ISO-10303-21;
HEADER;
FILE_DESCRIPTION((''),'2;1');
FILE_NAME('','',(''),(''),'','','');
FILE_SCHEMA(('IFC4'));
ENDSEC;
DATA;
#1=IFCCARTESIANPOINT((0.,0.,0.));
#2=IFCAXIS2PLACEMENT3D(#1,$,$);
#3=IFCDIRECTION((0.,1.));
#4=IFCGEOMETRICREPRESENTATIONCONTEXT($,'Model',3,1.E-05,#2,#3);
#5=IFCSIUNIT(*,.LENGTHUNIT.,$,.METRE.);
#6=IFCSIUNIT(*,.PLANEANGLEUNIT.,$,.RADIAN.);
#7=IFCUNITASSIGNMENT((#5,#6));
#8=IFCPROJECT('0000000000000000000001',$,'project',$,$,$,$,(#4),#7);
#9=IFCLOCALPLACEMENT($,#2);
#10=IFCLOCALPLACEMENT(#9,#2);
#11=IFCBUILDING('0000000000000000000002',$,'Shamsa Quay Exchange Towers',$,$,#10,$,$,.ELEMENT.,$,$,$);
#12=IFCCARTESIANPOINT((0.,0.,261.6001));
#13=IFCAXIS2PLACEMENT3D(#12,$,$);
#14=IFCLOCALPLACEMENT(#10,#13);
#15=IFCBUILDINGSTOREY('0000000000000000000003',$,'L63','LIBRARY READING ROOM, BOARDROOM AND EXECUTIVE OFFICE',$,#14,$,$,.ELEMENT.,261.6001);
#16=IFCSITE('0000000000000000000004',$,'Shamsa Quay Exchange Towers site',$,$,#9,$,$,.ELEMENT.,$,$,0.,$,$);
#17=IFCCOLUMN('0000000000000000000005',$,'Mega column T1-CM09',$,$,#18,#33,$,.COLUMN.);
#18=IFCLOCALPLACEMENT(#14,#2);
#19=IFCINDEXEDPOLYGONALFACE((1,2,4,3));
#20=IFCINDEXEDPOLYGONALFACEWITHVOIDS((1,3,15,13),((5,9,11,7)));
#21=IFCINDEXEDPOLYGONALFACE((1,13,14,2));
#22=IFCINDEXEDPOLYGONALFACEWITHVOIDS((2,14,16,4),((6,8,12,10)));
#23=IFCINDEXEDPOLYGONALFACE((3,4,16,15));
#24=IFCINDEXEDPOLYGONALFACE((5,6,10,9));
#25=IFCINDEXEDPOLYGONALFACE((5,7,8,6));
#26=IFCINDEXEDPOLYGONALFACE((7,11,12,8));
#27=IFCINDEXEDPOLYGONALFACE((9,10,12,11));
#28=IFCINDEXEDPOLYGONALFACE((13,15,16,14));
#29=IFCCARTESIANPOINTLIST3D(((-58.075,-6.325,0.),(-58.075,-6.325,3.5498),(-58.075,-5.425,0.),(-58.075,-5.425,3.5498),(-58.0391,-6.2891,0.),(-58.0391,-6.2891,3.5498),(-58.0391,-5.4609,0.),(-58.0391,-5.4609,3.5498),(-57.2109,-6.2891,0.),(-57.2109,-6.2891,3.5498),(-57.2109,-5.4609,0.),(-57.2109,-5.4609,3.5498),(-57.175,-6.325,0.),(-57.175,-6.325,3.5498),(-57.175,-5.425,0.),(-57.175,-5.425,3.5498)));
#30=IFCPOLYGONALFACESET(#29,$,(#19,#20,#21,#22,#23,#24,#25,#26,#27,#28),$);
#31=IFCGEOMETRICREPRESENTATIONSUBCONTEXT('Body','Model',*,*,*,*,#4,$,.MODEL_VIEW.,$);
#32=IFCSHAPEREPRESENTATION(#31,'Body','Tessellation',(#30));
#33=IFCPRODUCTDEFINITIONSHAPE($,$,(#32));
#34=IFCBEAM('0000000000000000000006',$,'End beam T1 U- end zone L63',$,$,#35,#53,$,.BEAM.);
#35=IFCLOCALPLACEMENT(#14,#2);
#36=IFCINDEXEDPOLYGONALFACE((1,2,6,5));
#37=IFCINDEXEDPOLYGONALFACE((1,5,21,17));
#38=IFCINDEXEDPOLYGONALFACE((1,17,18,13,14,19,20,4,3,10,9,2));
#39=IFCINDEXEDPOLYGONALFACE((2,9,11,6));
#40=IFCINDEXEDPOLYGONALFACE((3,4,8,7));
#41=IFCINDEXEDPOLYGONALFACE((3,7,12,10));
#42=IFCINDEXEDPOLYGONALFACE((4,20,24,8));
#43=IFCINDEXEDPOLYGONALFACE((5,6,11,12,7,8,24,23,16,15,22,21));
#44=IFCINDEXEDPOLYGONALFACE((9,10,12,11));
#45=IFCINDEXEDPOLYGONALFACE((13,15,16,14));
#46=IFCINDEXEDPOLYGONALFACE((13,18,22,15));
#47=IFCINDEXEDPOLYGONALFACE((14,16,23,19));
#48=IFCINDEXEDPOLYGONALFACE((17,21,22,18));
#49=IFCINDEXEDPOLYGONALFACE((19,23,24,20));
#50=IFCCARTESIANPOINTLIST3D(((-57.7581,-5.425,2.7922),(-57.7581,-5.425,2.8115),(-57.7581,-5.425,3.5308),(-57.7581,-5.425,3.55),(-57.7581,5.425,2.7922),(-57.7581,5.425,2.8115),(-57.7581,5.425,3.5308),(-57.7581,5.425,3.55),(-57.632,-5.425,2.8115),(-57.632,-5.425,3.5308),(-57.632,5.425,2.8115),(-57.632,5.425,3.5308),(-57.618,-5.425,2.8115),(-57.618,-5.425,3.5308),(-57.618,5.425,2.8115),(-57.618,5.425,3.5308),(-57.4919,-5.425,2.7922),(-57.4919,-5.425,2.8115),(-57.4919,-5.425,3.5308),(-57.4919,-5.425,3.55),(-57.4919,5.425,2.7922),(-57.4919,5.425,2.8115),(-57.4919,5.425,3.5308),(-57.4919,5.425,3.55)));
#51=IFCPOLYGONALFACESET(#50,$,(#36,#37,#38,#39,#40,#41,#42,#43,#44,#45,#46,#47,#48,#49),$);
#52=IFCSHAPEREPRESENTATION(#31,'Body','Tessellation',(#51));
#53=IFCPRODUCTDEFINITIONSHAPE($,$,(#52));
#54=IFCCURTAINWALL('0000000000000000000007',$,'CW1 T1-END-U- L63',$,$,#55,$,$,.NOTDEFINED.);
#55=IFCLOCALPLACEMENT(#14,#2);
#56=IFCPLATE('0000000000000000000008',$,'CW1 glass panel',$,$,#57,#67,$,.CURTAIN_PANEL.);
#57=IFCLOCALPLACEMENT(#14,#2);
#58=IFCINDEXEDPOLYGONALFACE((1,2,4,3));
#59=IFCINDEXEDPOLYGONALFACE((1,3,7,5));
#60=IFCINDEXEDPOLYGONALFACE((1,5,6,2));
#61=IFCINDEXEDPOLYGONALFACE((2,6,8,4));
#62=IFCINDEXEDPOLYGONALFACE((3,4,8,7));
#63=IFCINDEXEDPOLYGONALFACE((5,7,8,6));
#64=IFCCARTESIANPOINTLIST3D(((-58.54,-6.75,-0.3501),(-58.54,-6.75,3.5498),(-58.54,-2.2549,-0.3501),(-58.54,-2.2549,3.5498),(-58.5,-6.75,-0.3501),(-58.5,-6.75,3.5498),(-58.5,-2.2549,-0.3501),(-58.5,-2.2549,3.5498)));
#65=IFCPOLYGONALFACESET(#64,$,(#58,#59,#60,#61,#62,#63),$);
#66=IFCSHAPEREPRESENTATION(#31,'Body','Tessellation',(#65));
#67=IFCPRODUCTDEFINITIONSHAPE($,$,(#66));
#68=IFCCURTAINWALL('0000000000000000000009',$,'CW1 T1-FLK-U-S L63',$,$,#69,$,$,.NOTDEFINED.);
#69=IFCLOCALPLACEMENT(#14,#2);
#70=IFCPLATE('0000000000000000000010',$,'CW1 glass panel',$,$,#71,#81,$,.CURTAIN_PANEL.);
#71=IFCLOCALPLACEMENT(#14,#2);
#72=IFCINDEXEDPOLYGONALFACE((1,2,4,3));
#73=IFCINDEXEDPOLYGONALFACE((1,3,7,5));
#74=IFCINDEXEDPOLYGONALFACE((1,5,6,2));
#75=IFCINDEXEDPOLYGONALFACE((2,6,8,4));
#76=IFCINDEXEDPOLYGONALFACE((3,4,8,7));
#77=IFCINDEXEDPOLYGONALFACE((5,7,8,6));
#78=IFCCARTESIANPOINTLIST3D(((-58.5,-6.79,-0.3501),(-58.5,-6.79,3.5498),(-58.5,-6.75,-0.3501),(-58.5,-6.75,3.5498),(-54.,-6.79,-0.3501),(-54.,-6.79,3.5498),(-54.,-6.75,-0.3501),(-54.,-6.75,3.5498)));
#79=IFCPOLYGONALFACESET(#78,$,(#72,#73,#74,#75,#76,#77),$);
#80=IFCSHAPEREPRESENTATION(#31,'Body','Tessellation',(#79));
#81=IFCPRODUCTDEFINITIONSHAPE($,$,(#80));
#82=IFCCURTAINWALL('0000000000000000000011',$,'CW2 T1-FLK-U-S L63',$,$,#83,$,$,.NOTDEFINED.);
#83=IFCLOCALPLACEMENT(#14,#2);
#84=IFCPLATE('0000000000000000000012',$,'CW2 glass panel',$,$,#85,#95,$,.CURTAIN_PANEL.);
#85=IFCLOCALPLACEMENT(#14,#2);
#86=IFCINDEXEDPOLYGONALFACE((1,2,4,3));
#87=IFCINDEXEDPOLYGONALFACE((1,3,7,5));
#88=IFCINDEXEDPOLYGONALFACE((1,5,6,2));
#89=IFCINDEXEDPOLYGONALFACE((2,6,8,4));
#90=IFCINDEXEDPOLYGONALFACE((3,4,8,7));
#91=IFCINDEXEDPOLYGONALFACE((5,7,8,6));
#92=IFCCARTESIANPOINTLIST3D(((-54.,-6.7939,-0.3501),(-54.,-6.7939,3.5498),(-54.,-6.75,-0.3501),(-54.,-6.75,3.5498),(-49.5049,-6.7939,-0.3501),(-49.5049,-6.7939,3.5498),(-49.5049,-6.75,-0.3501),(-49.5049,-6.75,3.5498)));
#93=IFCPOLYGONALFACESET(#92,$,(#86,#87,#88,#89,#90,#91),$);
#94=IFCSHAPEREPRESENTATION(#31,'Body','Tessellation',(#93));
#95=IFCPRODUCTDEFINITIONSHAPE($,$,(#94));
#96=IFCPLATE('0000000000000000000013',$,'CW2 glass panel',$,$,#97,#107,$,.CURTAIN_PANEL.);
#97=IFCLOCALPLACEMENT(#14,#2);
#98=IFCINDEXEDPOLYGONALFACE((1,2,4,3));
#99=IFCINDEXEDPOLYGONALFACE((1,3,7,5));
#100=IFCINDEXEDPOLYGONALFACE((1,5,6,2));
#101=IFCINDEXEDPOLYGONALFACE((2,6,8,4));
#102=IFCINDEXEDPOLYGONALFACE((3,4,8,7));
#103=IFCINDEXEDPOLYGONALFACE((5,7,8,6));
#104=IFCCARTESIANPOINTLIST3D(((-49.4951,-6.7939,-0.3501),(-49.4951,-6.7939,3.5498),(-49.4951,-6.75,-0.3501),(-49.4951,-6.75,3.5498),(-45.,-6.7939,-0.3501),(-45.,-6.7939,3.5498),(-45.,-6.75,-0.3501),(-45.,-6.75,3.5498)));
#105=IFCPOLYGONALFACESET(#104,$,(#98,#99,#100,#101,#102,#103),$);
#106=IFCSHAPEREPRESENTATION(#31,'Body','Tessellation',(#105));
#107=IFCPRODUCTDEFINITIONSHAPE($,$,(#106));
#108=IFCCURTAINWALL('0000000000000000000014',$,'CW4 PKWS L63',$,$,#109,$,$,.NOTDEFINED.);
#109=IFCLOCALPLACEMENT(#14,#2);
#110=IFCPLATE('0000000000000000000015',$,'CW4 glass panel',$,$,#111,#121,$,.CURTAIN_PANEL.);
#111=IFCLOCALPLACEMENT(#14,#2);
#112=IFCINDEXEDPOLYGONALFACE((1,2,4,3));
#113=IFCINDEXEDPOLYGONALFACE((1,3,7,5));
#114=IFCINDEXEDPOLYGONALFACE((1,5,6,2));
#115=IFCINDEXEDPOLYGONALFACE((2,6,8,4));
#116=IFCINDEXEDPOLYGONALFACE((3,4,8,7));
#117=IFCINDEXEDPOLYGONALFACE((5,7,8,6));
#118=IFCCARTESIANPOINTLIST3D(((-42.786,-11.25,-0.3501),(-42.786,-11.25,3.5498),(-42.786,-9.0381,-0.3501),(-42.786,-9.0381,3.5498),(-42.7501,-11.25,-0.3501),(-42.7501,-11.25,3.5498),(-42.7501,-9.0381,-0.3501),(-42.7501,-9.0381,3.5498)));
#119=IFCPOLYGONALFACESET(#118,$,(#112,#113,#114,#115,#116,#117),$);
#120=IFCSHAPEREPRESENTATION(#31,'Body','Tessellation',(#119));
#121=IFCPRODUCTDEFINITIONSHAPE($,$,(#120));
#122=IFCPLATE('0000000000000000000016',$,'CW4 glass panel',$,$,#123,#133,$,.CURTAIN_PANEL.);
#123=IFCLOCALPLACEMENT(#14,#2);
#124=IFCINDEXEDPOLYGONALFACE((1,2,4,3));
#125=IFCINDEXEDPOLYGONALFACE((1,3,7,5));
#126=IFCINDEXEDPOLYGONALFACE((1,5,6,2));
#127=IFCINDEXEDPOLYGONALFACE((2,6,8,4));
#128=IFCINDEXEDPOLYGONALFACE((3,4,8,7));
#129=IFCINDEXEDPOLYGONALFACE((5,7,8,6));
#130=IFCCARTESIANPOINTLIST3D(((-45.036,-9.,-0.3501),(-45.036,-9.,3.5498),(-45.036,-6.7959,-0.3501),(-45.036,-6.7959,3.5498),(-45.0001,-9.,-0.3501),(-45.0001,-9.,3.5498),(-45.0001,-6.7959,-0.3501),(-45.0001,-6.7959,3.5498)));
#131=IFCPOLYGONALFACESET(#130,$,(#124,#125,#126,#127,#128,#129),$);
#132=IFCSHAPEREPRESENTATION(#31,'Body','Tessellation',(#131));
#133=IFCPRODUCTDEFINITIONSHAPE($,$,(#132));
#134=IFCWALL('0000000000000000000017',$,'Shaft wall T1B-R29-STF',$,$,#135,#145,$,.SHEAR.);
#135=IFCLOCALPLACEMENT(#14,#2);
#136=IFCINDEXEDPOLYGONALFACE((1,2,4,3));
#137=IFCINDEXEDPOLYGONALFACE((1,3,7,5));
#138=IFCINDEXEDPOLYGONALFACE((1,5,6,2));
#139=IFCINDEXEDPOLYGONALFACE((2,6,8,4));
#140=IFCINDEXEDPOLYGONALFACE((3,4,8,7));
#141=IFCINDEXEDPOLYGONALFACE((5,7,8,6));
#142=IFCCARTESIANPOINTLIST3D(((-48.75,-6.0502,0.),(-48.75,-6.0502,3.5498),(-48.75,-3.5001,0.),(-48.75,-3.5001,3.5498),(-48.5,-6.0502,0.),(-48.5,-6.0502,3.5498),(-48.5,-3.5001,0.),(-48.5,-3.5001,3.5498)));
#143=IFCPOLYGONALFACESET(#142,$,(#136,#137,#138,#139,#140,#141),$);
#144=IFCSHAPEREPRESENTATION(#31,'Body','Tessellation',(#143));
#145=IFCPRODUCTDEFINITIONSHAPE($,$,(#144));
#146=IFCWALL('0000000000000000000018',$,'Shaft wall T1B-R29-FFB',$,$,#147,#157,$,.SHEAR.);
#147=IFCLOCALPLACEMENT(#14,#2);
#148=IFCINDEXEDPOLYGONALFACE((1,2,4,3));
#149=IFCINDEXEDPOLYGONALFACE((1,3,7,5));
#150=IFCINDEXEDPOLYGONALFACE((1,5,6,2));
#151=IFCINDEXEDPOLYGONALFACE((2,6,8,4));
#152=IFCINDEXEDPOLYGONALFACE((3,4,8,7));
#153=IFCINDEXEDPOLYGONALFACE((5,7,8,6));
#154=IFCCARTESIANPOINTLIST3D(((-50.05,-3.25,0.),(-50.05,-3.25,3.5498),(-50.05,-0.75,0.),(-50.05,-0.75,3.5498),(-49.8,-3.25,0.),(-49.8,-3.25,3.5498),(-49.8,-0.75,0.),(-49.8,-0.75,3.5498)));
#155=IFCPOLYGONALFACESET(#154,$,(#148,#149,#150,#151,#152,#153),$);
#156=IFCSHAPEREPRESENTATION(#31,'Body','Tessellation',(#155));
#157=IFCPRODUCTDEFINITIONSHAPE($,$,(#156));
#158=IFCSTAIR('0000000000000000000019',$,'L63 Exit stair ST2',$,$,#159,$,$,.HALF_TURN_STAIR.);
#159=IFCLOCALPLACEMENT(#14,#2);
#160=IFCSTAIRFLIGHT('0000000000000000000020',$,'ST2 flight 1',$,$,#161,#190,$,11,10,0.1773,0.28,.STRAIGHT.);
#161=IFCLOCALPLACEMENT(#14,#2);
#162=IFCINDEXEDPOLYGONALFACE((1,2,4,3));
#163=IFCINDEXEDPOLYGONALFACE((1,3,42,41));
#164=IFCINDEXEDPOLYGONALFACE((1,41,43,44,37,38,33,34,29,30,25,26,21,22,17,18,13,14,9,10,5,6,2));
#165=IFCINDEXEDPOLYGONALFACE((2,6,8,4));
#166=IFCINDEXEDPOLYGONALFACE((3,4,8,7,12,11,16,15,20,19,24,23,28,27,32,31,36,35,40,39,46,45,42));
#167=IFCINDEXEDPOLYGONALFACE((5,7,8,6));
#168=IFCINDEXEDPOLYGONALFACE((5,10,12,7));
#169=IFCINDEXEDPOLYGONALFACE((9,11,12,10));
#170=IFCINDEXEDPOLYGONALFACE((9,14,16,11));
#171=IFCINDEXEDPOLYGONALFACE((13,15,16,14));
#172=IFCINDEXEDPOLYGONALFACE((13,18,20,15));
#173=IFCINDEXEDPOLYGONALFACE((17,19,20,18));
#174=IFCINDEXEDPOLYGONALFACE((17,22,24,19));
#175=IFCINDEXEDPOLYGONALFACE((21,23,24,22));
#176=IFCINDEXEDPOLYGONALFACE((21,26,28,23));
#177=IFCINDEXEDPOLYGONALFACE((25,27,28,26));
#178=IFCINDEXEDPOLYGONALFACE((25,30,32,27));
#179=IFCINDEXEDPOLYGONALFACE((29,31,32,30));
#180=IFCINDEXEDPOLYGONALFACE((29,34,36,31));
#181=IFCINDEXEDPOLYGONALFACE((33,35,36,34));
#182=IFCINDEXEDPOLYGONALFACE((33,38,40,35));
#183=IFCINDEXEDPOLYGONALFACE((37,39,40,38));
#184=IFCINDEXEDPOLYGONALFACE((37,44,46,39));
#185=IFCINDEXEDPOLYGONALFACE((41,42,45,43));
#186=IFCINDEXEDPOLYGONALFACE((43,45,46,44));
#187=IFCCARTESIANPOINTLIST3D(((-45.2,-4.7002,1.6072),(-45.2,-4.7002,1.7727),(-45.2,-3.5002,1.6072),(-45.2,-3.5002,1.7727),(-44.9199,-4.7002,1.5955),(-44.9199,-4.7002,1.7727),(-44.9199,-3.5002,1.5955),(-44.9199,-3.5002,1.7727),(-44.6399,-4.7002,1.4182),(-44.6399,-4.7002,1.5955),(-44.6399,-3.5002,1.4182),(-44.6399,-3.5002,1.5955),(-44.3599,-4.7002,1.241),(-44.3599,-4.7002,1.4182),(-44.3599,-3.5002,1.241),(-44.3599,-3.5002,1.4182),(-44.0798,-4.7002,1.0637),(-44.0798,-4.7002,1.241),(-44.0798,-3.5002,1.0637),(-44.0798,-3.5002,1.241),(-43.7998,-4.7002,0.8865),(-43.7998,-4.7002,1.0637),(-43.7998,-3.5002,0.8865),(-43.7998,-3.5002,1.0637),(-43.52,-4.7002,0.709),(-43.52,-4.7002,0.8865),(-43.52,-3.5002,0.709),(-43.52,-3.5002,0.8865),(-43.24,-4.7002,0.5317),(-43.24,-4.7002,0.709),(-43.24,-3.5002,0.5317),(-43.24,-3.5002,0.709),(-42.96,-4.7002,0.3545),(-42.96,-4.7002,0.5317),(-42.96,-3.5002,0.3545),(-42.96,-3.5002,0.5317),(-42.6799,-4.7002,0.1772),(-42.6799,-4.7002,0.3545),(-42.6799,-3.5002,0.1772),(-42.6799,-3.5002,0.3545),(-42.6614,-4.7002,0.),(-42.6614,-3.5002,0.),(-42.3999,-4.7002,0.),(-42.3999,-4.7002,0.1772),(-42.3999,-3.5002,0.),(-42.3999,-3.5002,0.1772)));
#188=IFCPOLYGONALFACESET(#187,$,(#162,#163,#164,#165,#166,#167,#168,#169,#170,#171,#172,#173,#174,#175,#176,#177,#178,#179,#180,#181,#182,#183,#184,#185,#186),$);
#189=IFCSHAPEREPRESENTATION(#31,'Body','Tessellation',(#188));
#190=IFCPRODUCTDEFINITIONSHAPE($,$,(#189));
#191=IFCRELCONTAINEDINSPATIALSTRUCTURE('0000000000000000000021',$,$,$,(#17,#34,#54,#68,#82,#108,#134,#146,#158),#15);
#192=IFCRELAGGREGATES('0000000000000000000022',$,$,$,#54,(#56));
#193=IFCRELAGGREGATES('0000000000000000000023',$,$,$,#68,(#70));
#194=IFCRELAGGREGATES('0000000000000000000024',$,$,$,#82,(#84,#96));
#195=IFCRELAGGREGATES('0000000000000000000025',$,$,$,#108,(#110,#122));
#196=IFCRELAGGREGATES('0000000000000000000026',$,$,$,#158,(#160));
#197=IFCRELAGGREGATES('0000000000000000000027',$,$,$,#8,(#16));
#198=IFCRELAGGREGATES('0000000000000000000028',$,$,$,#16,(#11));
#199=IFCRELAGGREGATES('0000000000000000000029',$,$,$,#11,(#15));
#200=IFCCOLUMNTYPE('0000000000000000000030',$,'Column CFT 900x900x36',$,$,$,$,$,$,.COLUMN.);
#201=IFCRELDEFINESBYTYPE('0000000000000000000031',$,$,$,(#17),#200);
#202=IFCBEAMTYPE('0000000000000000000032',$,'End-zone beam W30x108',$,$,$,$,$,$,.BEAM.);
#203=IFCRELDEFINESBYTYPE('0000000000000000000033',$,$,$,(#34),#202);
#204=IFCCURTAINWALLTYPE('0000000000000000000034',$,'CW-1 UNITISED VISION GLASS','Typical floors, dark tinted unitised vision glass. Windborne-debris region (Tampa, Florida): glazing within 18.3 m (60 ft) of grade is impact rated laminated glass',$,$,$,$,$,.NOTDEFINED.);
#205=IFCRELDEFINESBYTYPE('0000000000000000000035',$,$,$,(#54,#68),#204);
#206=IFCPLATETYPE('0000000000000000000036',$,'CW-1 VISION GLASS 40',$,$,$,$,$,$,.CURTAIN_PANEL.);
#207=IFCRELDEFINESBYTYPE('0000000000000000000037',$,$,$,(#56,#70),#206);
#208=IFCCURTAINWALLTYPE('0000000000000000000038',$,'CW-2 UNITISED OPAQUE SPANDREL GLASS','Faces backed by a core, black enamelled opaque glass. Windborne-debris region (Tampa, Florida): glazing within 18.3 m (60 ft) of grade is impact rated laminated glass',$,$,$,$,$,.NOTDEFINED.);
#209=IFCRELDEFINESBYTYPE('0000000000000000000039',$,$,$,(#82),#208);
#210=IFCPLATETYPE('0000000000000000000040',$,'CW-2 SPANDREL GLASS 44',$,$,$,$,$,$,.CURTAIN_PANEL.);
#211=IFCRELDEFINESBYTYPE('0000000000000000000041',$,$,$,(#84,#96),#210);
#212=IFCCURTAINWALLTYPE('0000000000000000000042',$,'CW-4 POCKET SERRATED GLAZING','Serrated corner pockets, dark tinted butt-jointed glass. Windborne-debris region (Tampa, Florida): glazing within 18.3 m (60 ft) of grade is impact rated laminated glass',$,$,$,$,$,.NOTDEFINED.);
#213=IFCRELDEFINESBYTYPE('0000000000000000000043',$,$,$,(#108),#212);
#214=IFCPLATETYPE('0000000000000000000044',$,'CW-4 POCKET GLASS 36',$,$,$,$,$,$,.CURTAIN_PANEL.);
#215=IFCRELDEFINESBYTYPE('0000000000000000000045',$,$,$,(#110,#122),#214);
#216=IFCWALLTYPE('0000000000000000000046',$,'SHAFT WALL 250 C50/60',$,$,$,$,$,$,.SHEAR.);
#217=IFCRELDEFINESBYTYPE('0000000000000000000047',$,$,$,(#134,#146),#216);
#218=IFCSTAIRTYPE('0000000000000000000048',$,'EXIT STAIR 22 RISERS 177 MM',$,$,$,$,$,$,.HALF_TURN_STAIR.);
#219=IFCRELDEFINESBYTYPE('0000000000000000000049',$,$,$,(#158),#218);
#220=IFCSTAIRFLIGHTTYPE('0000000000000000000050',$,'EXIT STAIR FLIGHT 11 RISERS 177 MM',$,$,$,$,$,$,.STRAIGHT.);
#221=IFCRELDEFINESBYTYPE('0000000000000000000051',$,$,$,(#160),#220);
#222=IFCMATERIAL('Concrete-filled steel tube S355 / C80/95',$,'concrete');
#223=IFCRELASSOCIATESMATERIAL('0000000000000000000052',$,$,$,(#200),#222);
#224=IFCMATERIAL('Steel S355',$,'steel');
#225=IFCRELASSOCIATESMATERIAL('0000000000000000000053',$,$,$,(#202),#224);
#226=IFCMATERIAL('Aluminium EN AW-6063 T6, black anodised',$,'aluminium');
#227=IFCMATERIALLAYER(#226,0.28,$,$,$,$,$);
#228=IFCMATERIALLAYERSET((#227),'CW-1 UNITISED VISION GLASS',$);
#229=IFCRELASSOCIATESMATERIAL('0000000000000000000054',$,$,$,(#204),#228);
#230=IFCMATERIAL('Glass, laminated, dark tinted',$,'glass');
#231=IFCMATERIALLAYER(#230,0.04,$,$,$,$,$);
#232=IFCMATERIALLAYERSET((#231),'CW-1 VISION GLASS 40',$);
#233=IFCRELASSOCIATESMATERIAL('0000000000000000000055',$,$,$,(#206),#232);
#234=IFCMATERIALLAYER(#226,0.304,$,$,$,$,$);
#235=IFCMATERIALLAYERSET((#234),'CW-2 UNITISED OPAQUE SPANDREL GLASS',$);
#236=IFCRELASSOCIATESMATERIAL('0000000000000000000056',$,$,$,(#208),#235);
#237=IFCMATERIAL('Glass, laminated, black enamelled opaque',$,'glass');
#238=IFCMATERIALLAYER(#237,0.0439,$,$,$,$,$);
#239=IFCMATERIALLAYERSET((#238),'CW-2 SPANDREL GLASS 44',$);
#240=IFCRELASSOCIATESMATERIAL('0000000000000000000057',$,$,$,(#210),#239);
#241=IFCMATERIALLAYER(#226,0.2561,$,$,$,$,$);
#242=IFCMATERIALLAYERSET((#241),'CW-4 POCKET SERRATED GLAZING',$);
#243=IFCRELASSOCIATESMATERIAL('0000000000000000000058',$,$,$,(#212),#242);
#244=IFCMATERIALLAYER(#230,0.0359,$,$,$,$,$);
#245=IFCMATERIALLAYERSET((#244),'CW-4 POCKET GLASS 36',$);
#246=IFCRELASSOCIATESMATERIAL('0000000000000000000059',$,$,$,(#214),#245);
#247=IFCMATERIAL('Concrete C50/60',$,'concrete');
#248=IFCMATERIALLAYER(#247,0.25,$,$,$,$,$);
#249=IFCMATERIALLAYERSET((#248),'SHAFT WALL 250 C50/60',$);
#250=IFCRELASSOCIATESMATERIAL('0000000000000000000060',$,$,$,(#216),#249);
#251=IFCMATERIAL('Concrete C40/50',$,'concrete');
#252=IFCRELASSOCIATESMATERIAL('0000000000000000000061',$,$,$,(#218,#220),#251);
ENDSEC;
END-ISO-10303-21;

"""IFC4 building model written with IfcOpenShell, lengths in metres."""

from ifc_helpers import new_model, si_unit, direction, frame, frame_2d, origin, origin_2d, place, context, subcontext, project, spatial, polyline, rectangle, hollow_rectangle, i_section, outline, extrude, material, layer, layer_set, material_profile, profile_set, type_object, element, aggregate, save


model = new_model("IFC4")

# Units and contexts
model_context = context("Model", 3, precision=1e-05, world=origin(), true_north=direction((0.0, 1.0)))
body_context = subcontext(model_context, "Body", "Model", "MODEL_VIEW")
ifc_project = project(units=[si_unit("LENGTHUNIT", "METRE"), si_unit("PLANEANGLEUNIT", "RADIAN")], contexts=[model_context])

# Site, building, storey
site_placement = place(None, origin())
site = spatial("IfcSite", under=ifc_project, at=site_placement, Name="Shamsa Quay Exchange Towers site", CompositionType="ELEMENT", RefElevation=0.0)
building_placement = place(site_placement, origin())
building = spatial("IfcBuilding", under=site, at=building_placement, Name="Shamsa Quay Exchange Towers", CompositionType="ELEMENT")
storey_placement = place(building_placement, frame((0.0, 0.0, 261.6001)))
storey = spatial("IfcBuildingStorey", under=building, at=storey_placement, Name="L63", Description="LIBRARY READING ROOM, BOARDROOM AND EXECUTIVE OFFICE", CompositionType="ELEMENT", Elevation=261.6001)

# Column
ifc_material_1 = material(Name="Concrete-filled steel tube S355 / C80/95", Category="concrete")
ifc_material_profile_1 = material_profile(ifc_material_1, hollow_rectangle(XDim=0.8999, YDim=0.8999, WallThickness=0.0359, at=origin_2d()), Name="CFT 900x900x36")
ifc_profile_set_1 = profile_set([ifc_material_profile_1], Name="Concrete-filled steel tube S355 / C80/95")
column_type = type_object("IfcColumnType", Name="Column CFT 900x900x36", PredefinedType="COLUMN", material=ifc_profile_set_1)
column_placement = place(storey_placement, frame((-57.625, -5.875, 0.0)))
element("IfcColumn", 1, at=column_placement, inside=storey, type_object=column_type, Name="Mega column T1-CM09", PredefinedType="COLUMN", context=body_context, shape_type="SweptSolid", body=[
    extrude(hollow_rectangle(XDim=0.8999, YDim=0.8999, WallThickness=0.0359, at=origin_2d()), origin(), (0.0, 0.0, 1.0), 3.5498),
])

# Beam
ifc_material_2 = material(Name="Steel S355", Category="steel")
ifc_material_profile_2 = material_profile(ifc_material_2, i_section(OverallWidth=0.2661, OverallDepth=0.7578, WebThickness=0.0139, FlangeThickness=0.0193, at=origin_2d()), Name="W30x108")
ifc_profile_set_2 = profile_set([ifc_material_profile_2], Name="Steel S355")
beam_type = type_object("IfcBeamType", Name="End-zone beam W30x108", PredefinedType="BEAM", material=ifc_profile_set_2)
beam_placement = place(storey_placement, frame((-57.625, -5.425, 3.1711), z_axis=(0.0, 1.0, 0.0), x_axis=(-1.0, 0.0, 0.0)))
element("IfcBeam", 2, at=beam_placement, inside=storey, type_object=beam_type, Name="End beam T1 U- end zone L63", PredefinedType="BEAM", context=body_context, shape_type="SweptSolid", body=[
    extrude(i_section(OverallWidth=0.2661, OverallDepth=0.7578, WebThickness=0.0139, FlangeThickness=0.0193, at=origin_2d()), origin(), (0.0, 0.0, 1.0), 10.8501),
])

# Curtain walls, plates
ifc_material_3 = material(Name="Aluminium EN AW-6063 T6, black anodised", Category="aluminium")
ifc_layer_1 = layer(ifc_material_3, 0.28)
ifc_layer_set_1 = layer_set([ifc_layer_1], Name="CW-1 UNITISED VISION GLASS")
curtain_wall_type_1 = type_object("IfcCurtainWallType", Name="CW-1 UNITISED VISION GLASS", Description="Typical floors, dark tinted unitised vision glass. Windborne-debris region (Tampa, Florida): glazing within 18.3 m (60 ft) of grade is impact rated laminated glass", PredefinedType="NOTDEFINED", material=ifc_layer_set_1)
curtain_wall_1_placement = place(storey_placement, origin())
curtain_wall_1 = element("IfcCurtainWall", 3, at=curtain_wall_1_placement, inside=storey, type_object=curtain_wall_type_1, Name="CW1 T1-END-U- L63", PredefinedType="NOTDEFINED")
ifc_material_4 = material(Name="Glass, laminated, dark tinted", Category="glass")
ifc_layer_2 = layer(ifc_material_4, 0.04)
ifc_layer_set_2 = layer_set([ifc_layer_2], Name="CW-1 VISION GLASS 40")
plate_type_1 = type_object("IfcPlateType", Name="CW-1 VISION GLASS 40", PredefinedType="CURTAIN_PANEL", material=ifc_layer_set_2)
plate_1_placement = place(storey_placement, frame((-58.52, -4.5024, -0.3501), z_axis=(0.0, 0.0, 1.0), x_axis=(0.0, -1.0, 0.0)))
plate_1 = element("IfcPlate", 4, at=plate_1_placement, type_object=plate_type_1, Name="CW1 glass panel", PredefinedType="CURTAIN_PANEL", context=body_context, shape_type="SweptSolid", body=[
    extrude(rectangle(XDim=4.4951, YDim=0.04, at=origin_2d()), origin(), (0.0, 0.0, 1.0), 3.8999),
])
aggregate(curtain_wall_1, [plate_1])
curtain_wall_2_placement = place(storey_placement, origin())
curtain_wall_2 = element("IfcCurtainWall", 5, at=curtain_wall_2_placement, inside=storey, type_object=curtain_wall_type_1, Name="CW1 T1-FLK-U-S L63", PredefinedType="NOTDEFINED")
plate_2_placement = place(storey_placement, frame((-56.25, -6.77, -0.3501)))
plate_2 = element("IfcPlate", 6, at=plate_2_placement, type_object=plate_type_1, Name="CW1 glass panel", PredefinedType="CURTAIN_PANEL", context=body_context, shape_type="SweptSolid", body=[
    extrude(rectangle(XDim=4.5, YDim=0.04, at=origin_2d()), origin(), (0.0, 0.0, 1.0), 3.8999),
])
aggregate(curtain_wall_2, [plate_2])

# Curtain walls, plates
ifc_layer_3 = layer(ifc_material_3, 0.304)
ifc_layer_set_3 = layer_set([ifc_layer_3], Name="CW-2 UNITISED OPAQUE SPANDREL GLASS")
curtain_wall_type_2 = type_object("IfcCurtainWallType", Name="CW-2 UNITISED OPAQUE SPANDREL GLASS", Description="Faces backed by a core, black enamelled opaque glass. Windborne-debris region (Tampa, Florida): glazing within 18.3 m (60 ft) of grade is impact rated laminated glass", PredefinedType="NOTDEFINED", material=ifc_layer_set_3)
curtain_wall_3_placement = place(storey_placement, origin())
curtain_wall_3 = element("IfcCurtainWall", 7, at=curtain_wall_3_placement, inside=storey, type_object=curtain_wall_type_2, Name="CW2 T1-FLK-U-S L63", PredefinedType="NOTDEFINED")
ifc_material_5 = material(Name="Glass, laminated, black enamelled opaque", Category="glass")
ifc_layer_4 = layer(ifc_material_5, 0.0439)
ifc_layer_set_4 = layer_set([ifc_layer_4], Name="CW-2 SPANDREL GLASS 44")
plate_type_2 = type_object("IfcPlateType", Name="CW-2 SPANDREL GLASS 44", PredefinedType="CURTAIN_PANEL", material=ifc_layer_set_4)
plate_3_placement = place(storey_placement, frame((-51.7524, -6.772, -0.3501)))
plate_3 = element("IfcPlate", 8, at=plate_3_placement, type_object=plate_type_2, Name="CW2 glass panel", PredefinedType="CURTAIN_PANEL", context=body_context, shape_type="SweptSolid", body=[
    extrude(rectangle(XDim=4.4951, YDim=0.0439, at=origin_2d()), origin(), (0.0, 0.0, 1.0), 3.8999),
])
plate_4_placement = place(storey_placement, frame((-47.2476, -6.772, -0.3501)))
plate_4 = element("IfcPlate", 9, at=plate_4_placement, type_object=plate_type_2, Name="CW2 glass panel", PredefinedType="CURTAIN_PANEL", context=body_context, shape_type="SweptSolid", body=[
    extrude(rectangle(XDim=4.4951, YDim=0.0439, at=origin_2d()), origin(), (0.0, 0.0, 1.0), 3.8999),
])
aggregate(curtain_wall_3, [plate_3, plate_4])
ifc_layer_5 = layer(ifc_material_3, 0.2561)
ifc_layer_set_5 = layer_set([ifc_layer_5], Name="CW-4 POCKET SERRATED GLAZING")
curtain_wall_type_3 = type_object("IfcCurtainWallType", Name="CW-4 POCKET SERRATED GLAZING", Description="Serrated corner pockets, dark tinted butt-jointed glass. Windborne-debris region (Tampa, Florida): glazing within 18.3 m (60 ft) of grade is impact rated laminated glass", PredefinedType="NOTDEFINED", material=ifc_layer_set_5)
curtain_wall_4_placement = place(storey_placement, origin())
curtain_wall_4 = element("IfcCurtainWall", 10, at=curtain_wall_4_placement, inside=storey, type_object=curtain_wall_type_3, Name="CW4 PKWS L63", PredefinedType="NOTDEFINED")
ifc_layer_6 = layer(ifc_material_4, 0.0359)
ifc_layer_set_6 = layer_set([ifc_layer_6], Name="CW-4 POCKET GLASS 36")
plate_type_3 = type_object("IfcPlateType", Name="CW-4 POCKET GLASS 36", PredefinedType="CURTAIN_PANEL", material=ifc_layer_set_6)
plate_5_placement = place(storey_placement, frame((-42.7681, -10.144, -0.3501), z_axis=(0.0, 0.0, 1.0), x_axis=(0.0, -1.0, 0.0)))
plate_5 = element("IfcPlate", 11, at=plate_5_placement, type_object=plate_type_3, Name="CW4 glass panel", PredefinedType="CURTAIN_PANEL", context=body_context, shape_type="SweptSolid", body=[
    extrude(rectangle(XDim=2.2119, YDim=0.0359, at=origin_2d()), origin(), (0.0, 0.0, 1.0), 3.8999),
])
plate_6_placement = place(storey_placement, frame((-45.0181, -7.8979, -0.3501), z_axis=(0.0, 0.0, 1.0), x_axis=(0.0, -1.0, 0.0)))
plate_6 = element("IfcPlate", 12, at=plate_6_placement, type_object=plate_type_3, Name="CW4 glass panel", PredefinedType="CURTAIN_PANEL", context=body_context, shape_type="SweptSolid", body=[
    extrude(rectangle(XDim=2.2041, YDim=0.0359, at=origin_2d()), origin(), (0.0, 0.0, 1.0), 3.8999),
])
aggregate(curtain_wall_4, [plate_5, plate_6])

# Walls
ifc_material_6 = material(Name="Concrete C50/60", Category="concrete")
ifc_layer_7 = layer(ifc_material_6, 0.25)
ifc_layer_set_7 = layer_set([ifc_layer_7], Name="SHAFT WALL 250 C50/60")
wall_type_1 = type_object("IfcWallType", Name="SHAFT WALL 250 C50/60", PredefinedType="SHEAR", material=ifc_layer_set_7)
wall_1_placement = place(storey_placement, frame((-48.625, -6.05, 0.0), z_axis=(0.0, 0.0, 1.0), x_axis=(0.0, 1.0, 0.0)))
element("IfcWall", 13, at=wall_1_placement, inside=storey, type_object=wall_type_1, Name="Shaft wall T1B-R29-STF", PredefinedType="SHEAR", context=body_context, shape_type="SweptSolid", body=[
    extrude(rectangle(XDim=2.55, YDim=0.25, at=frame_2d((1.2749, 0.0))), origin(), (0.0, 0.0, 1.0), 3.5498),
])
wall_2_placement = place(storey_placement, frame((-49.925, -3.25, 0.0), z_axis=(0.0, 0.0, 1.0), x_axis=(0.0, 1.0, 0.0)))
element("IfcWall", 14, at=wall_2_placement, inside=storey, type_object=wall_type_1, Name="Shaft wall T1B-R29-FFB", PredefinedType="SHEAR", context=body_context, shape_type="SweptSolid", body=[
    extrude(rectangle(XDim=2.5, YDim=0.25, at=frame_2d((1.25, 0.0))), origin(), (0.0, 0.0, 1.0), 3.5498),
])

# Stair, stair flight
ifc_material_7 = material(Name="Concrete C40/50", Category="concrete")
stair_type = type_object("IfcStairType", Name="EXIT STAIR 22 RISERS 177 MM", PredefinedType="HALF_TURN_STAIR", material=ifc_material_7)
stair_placement = place(storey_placement, origin())
stair = element("IfcStair", 15, at=stair_placement, inside=storey, type_object=stair_type, Name="L63 Exit stair ST2", PredefinedType="HALF_TURN_STAIR")
stair_flight_type = type_object("IfcStairFlightType", Name="EXIT STAIR FLIGHT 11 RISERS 177 MM", PredefinedType="STRAIGHT", material=ifc_material_7)
stair_flight_1_placement = place(storey_placement, frame((-42.3999, -4.1001, 0.0), z_axis=(0.0, 0.0, 1.0), x_axis=(-1.0, 0.0, 0.0)))
stair_flight_1 = element("IfcStairFlight", 16, at=stair_flight_1_placement, type_object=stair_flight_type, Name="ST2 flight 1", NumberOfRisers=11, NumberOfTreads=10, PredefinedType="STRAIGHT", RiserHeight=0.1773, TreadLength=0.28, context=body_context, shape_type="SweptSolid", body=[
    extrude(outline(polyline([(0.0, 0.0), (0.0, 0.1772), (0.28, 0.1772), (0.28, 0.3545), (0.5601, 0.3545), (0.5601, 0.5317), (0.8401, 0.5317), (0.8401, 0.709), (1.1201, 0.709), (1.1201, 0.8865), (1.3999, 0.8865), (1.3999, 1.0637), (1.6799, 1.0637), (1.6799, 1.241), (1.96, 1.241), (1.96, 1.4182), (2.24, 1.4182), (2.24, 1.5955), (2.52, 1.5955), (2.52, 1.7727), (2.8, 1.7727), (2.8, 1.95), (2.8, 1.6072), (0.2615, 0.0), (0.0, 0.0)])), frame((0.0, 0.6001, 0.0), z_axis=(0.0, -1.0, 0.0), x_axis=(1.0, 0.0, 0.0)), (0.0, 0.0, 1.0), 1.2),
])
aggregate(stair, [stair_flight_1])

save(model, "model.ifc")
